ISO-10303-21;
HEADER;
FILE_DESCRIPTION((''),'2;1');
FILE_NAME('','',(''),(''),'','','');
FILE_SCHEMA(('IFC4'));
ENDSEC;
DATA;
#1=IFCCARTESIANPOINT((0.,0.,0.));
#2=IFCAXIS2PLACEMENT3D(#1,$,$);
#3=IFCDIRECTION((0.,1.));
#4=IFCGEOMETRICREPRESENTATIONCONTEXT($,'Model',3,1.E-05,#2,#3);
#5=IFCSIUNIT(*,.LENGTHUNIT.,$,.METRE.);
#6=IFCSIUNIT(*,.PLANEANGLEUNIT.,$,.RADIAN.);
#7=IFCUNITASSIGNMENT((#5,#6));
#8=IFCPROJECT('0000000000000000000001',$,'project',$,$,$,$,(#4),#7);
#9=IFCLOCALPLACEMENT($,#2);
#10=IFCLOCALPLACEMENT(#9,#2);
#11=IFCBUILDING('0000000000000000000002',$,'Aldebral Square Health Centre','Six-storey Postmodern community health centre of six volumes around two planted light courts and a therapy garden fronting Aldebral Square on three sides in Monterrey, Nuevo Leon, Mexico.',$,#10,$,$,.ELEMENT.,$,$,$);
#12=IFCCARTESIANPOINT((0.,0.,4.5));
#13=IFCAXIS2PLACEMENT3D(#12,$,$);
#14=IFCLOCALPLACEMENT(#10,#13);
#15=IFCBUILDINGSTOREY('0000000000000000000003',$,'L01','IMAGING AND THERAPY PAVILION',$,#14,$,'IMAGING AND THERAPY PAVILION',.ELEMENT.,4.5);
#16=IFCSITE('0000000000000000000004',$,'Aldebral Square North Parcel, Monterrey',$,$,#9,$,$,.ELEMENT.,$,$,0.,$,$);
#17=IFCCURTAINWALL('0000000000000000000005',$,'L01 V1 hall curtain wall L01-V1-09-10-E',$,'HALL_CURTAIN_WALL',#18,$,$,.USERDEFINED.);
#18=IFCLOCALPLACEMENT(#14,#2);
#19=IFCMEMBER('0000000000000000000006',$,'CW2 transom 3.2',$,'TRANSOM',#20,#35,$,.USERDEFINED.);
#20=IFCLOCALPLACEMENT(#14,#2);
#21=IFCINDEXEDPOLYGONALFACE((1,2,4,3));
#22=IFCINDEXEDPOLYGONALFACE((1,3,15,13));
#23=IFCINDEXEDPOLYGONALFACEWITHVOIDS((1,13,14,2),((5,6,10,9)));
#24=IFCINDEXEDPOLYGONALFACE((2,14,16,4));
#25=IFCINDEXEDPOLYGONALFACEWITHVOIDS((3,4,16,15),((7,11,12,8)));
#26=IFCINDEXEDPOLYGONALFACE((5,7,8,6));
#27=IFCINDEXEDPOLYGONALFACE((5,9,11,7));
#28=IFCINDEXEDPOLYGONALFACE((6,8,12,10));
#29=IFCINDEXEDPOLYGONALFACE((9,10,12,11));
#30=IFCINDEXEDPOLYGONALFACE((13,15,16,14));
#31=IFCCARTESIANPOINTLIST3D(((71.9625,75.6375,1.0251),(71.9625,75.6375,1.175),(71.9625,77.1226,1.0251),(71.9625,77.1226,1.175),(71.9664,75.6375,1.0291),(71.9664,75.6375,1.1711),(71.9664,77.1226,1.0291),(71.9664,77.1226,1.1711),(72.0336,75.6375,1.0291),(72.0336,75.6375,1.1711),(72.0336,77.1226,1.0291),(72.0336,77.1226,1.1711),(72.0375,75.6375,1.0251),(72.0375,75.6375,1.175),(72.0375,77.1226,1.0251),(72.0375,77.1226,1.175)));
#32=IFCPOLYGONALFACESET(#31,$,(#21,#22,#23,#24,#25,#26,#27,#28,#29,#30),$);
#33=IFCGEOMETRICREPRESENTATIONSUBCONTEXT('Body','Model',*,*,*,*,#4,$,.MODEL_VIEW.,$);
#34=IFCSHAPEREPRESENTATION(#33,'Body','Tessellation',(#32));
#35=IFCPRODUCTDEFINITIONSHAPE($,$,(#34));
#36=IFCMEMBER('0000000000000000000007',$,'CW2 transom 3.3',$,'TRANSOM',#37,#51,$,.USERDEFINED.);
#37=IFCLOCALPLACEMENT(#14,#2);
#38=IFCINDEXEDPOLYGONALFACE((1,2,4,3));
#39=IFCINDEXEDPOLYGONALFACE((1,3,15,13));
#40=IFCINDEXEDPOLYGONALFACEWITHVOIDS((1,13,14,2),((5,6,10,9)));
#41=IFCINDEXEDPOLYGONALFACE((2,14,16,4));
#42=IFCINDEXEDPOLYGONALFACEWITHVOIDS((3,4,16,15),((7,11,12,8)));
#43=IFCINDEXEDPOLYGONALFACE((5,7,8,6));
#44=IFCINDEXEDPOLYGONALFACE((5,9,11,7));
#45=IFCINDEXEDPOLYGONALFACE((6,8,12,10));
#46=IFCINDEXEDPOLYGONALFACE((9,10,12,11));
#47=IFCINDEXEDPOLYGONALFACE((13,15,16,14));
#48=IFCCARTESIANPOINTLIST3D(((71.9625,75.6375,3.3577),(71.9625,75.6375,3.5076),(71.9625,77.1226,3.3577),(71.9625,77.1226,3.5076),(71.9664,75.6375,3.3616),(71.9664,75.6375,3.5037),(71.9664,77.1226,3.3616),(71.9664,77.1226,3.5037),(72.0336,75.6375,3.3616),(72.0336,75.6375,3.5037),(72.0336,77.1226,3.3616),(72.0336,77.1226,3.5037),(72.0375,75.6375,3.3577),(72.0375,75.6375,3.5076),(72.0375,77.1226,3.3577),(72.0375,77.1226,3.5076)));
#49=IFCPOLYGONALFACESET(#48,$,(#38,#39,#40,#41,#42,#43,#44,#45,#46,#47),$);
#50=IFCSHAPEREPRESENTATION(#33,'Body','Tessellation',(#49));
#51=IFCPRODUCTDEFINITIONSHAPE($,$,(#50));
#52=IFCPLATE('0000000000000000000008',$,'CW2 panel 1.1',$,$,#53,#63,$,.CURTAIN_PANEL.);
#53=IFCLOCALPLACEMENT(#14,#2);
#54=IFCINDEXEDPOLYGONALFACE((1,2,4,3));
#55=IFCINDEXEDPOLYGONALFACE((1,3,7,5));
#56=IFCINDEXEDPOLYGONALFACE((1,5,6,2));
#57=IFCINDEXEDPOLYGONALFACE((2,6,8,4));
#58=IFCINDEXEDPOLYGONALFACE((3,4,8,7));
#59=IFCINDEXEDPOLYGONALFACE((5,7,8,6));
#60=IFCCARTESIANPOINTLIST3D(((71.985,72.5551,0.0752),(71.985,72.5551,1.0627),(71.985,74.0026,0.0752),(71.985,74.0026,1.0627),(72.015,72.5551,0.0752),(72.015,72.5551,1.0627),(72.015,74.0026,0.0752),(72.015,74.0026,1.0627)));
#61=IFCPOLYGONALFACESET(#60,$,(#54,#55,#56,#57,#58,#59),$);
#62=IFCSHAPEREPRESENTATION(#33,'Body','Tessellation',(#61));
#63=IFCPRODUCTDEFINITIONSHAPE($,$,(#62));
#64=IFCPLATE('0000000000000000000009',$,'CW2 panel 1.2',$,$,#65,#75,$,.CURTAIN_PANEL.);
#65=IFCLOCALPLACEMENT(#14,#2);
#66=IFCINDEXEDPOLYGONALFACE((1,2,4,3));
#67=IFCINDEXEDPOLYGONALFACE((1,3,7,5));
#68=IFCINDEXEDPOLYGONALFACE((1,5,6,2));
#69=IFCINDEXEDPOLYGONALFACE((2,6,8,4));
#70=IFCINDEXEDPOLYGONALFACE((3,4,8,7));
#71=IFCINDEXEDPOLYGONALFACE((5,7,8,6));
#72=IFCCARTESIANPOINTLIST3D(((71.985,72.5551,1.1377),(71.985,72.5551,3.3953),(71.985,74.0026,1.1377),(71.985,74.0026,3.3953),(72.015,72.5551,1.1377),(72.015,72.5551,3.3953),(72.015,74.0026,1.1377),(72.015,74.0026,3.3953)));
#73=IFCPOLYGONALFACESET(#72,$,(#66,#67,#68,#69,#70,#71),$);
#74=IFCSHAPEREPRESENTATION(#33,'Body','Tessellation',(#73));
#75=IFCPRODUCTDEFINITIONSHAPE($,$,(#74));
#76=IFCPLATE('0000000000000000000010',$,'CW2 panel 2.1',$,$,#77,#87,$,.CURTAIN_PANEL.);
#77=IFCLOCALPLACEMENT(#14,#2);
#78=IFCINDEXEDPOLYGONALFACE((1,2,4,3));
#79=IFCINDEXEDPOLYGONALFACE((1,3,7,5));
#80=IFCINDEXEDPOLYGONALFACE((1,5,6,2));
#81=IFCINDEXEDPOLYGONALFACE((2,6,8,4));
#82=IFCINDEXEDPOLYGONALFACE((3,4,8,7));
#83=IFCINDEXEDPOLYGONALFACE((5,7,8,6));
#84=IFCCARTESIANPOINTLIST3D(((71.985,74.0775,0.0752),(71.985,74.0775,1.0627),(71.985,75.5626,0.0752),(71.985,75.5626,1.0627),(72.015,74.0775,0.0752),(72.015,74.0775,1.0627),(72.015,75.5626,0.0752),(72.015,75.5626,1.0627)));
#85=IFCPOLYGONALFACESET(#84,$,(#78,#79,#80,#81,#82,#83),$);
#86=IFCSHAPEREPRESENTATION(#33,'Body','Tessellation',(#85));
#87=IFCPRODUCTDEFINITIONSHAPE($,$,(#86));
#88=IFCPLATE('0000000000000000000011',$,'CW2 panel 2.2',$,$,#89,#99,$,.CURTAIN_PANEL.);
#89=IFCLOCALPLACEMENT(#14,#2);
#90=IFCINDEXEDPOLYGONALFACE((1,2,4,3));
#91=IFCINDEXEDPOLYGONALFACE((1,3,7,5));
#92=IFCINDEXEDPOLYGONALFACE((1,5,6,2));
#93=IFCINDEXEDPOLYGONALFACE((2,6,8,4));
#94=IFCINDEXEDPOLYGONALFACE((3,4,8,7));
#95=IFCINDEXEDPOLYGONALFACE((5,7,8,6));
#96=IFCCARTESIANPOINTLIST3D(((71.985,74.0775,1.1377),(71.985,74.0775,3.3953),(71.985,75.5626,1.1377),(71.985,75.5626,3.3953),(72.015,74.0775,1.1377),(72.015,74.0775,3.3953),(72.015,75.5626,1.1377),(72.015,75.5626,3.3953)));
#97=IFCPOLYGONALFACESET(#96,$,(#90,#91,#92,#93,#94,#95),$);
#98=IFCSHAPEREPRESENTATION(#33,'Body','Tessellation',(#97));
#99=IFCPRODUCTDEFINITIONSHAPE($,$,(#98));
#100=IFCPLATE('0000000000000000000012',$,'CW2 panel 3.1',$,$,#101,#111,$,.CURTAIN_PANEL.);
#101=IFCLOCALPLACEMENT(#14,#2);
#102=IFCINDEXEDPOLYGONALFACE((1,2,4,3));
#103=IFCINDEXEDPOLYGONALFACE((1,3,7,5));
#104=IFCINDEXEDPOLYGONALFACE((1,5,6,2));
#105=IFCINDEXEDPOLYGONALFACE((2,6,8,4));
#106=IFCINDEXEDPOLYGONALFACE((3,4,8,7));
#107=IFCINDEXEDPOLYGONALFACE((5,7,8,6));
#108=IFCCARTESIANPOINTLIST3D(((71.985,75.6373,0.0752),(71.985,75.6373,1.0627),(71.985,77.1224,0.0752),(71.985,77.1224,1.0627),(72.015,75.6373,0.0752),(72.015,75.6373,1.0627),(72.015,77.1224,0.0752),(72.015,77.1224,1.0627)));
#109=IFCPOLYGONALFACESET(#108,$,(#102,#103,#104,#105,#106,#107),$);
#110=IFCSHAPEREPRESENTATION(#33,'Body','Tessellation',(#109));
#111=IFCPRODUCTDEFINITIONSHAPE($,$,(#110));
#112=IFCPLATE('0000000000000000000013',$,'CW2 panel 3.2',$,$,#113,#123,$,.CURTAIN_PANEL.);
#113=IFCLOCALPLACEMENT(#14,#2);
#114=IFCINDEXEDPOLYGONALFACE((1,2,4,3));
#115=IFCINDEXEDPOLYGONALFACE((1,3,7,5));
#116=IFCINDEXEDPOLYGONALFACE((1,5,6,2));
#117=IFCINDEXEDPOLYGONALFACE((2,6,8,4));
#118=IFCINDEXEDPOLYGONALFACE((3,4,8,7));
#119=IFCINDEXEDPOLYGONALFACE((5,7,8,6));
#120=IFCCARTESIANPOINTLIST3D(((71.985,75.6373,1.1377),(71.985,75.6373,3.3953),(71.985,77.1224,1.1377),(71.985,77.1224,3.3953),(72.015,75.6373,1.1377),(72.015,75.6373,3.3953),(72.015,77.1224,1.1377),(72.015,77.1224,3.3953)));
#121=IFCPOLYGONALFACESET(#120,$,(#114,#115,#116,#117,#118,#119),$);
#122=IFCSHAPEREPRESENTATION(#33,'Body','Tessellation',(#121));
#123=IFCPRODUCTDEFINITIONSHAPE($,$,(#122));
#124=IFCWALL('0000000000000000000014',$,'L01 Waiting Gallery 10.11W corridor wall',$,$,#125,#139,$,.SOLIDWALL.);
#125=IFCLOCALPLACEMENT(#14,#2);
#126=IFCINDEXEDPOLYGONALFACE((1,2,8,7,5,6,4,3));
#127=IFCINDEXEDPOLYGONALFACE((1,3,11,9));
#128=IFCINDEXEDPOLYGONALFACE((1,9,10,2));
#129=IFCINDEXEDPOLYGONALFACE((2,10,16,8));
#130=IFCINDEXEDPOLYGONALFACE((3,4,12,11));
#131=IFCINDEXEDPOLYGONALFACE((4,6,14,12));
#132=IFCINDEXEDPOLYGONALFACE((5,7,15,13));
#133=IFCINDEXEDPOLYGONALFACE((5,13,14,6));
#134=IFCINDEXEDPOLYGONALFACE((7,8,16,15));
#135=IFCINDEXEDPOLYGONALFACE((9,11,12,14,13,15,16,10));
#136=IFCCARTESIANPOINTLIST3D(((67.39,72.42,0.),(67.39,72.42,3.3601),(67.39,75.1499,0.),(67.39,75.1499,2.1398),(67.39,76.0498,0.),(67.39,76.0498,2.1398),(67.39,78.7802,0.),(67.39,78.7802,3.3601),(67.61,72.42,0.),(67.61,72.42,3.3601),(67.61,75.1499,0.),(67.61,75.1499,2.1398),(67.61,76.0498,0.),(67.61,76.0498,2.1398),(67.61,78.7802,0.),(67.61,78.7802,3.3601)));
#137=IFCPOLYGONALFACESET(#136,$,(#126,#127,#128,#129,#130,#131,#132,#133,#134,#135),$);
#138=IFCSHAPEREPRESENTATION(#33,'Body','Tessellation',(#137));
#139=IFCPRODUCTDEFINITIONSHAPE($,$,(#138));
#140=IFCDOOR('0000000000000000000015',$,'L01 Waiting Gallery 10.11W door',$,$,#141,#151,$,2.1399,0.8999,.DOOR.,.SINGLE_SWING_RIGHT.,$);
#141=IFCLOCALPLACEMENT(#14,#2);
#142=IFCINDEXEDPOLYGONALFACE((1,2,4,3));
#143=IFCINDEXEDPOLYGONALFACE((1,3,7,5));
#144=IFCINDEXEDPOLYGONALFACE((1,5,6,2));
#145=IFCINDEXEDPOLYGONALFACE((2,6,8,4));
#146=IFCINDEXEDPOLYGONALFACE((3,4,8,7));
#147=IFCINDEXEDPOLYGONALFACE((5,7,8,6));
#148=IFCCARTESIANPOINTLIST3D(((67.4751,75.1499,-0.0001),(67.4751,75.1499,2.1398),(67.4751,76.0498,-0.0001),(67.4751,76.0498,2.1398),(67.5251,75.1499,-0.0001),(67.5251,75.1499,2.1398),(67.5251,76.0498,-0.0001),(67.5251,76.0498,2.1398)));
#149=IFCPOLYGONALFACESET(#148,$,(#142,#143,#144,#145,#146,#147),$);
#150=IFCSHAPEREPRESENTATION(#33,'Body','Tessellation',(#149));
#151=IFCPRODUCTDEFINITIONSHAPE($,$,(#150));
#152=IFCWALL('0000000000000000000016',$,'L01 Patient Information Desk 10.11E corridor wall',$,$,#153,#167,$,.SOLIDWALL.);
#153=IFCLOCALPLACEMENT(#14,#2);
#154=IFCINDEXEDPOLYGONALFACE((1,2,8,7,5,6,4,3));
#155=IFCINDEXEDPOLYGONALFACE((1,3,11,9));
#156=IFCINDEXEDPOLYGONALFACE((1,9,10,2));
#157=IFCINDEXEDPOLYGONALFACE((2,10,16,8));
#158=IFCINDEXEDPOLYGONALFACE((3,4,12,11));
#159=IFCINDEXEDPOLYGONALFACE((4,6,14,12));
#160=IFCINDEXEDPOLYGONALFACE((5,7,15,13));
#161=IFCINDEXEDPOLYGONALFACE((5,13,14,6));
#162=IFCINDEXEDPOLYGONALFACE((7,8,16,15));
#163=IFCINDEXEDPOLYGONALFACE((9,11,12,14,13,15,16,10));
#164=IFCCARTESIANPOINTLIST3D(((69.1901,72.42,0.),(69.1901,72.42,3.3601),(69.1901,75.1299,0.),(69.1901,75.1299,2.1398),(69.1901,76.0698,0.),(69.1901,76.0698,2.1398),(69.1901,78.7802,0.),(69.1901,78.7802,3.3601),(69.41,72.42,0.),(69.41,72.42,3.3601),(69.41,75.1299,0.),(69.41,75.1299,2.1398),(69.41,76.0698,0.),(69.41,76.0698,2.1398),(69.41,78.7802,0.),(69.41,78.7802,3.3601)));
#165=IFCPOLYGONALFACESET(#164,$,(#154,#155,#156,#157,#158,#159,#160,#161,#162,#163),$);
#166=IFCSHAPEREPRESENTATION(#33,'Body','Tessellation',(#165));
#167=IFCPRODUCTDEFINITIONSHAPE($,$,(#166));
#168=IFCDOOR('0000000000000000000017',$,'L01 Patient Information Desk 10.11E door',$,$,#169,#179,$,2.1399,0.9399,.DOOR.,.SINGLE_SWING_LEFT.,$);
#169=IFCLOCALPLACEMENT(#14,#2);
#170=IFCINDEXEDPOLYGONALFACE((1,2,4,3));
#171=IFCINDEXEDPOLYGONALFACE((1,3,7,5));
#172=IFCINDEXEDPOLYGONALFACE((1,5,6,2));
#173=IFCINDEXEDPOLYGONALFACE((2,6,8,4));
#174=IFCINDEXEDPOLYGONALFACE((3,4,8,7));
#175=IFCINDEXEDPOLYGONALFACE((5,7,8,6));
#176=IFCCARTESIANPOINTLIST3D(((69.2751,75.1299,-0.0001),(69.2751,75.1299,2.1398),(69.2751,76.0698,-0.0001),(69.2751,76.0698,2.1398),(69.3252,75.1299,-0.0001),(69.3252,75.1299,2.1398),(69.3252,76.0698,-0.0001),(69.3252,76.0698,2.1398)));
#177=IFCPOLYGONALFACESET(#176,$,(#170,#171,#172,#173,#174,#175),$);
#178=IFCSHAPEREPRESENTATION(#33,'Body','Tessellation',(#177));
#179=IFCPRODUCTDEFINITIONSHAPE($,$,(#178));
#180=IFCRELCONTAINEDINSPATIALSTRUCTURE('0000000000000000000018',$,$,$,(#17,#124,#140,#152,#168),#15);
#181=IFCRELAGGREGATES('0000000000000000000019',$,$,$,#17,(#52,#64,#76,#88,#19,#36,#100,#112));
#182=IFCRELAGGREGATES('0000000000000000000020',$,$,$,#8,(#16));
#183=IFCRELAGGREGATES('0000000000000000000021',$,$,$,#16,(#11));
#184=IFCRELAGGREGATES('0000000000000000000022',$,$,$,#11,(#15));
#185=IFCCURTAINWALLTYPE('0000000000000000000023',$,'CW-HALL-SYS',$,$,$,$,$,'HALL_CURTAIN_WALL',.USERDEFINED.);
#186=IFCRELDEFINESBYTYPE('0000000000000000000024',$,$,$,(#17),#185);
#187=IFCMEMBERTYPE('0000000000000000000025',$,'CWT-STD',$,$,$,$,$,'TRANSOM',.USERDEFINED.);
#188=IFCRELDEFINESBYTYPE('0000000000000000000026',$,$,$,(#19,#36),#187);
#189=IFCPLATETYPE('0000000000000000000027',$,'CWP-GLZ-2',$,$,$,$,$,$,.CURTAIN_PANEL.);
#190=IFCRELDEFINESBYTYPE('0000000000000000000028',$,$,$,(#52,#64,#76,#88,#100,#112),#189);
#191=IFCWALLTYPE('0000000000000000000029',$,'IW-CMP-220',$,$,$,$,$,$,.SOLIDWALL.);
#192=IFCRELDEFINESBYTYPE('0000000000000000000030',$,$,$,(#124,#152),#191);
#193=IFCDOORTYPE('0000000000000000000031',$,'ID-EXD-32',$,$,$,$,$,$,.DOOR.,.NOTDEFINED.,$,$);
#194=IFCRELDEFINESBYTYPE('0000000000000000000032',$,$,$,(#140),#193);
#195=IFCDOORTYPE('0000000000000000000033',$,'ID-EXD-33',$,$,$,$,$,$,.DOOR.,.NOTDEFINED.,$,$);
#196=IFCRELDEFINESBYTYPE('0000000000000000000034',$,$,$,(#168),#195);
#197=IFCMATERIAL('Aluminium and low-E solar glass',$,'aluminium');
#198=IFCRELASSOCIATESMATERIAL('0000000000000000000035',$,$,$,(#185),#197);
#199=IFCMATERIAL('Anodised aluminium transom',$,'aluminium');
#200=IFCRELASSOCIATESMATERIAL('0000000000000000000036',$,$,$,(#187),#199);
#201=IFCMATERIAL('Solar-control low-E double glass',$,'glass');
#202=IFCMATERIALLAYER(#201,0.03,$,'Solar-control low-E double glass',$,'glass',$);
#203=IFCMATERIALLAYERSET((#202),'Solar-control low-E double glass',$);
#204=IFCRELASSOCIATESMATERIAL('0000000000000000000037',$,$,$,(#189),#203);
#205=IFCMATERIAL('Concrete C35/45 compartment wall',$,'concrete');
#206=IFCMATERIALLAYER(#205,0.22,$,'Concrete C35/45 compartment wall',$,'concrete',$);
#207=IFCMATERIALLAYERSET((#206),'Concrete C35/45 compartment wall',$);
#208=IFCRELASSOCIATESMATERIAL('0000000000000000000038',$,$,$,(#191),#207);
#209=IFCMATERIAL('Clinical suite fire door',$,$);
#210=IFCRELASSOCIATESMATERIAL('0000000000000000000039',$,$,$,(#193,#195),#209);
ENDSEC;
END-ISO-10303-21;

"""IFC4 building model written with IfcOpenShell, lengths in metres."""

from ifc_helpers import new_model, si_unit, direction, frame, frame_2d, origin, origin_2d, place, context, subcontext, project, spatial, rectangle, hollow_rectangle, extrude, material, layer, layer_set, material_profile, profile_set, type_object, element, fill, aggregate, save


model = new_model("IFC4")

# Units and contexts
model_context = context("Model", 3, precision=1e-05, world=origin(), true_north=direction((0.0, 1.0)))
body_context = subcontext(model_context, "Body", "Model", "MODEL_VIEW")
ifc_project = project(units=[si_unit("LENGTHUNIT", "METRE"), si_unit("PLANEANGLEUNIT", "RADIAN")], contexts=[model_context])

# Site, building, storey
site_placement = place(None, origin())
site = spatial("IfcSite", under=ifc_project, at=site_placement, Name="Aldebral Square North Parcel, Monterrey", CompositionType="ELEMENT", RefElevation=0.0)
building_placement = place(site_placement, origin())
building = spatial("IfcBuilding", under=site, at=building_placement, Name="Aldebral Square Health Centre", Description="Six-storey Postmodern community health centre of six volumes around two planted light courts and a therapy garden fronting Aldebral Square on three sides in Monterrey, Nuevo Leon, Mexico.", CompositionType="ELEMENT")
storey_placement = place(building_placement, frame((0.0, 0.0, 4.5)))
storey = spatial("IfcBuildingStorey", under=building, at=storey_placement, Name="L01", Description="IMAGING AND THERAPY PAVILION", LongName="IMAGING AND THERAPY PAVILION", CompositionType="ELEMENT", Elevation=4.5)

# Curtain wall
ifc_material_1 = material(Name="Aluminium and low-E solar glass", Category="aluminium")
curtain_wall_type = type_object("IfcCurtainWallType", Name="CW-HALL-SYS", ElementType="HALL_CURTAIN_WALL", PredefinedType="USERDEFINED", material=ifc_material_1)
curtain_wall_1_placement = place(storey_placement, origin())
curtain_wall_1 = element("IfcCurtainWall", 1, at=curtain_wall_1_placement, inside=storey, type_object=curtain_wall_type, Name="L01 V1 hall curtain wall L01-V1-09-10-E", ObjectType="HALL_CURTAIN_WALL", PredefinedType="USERDEFINED")

# Shared definitions
ifc_material_2 = material(Name="Anodised aluminium transom", Category="aluminium")
ifc_material_profile_1 = material_profile(ifc_material_2, hollow_rectangle(XDim=0.075, YDim=0.1499, WallThickness=0.0039, at=origin_2d()), Name="CWT 75x150x4")
ifc_profile_set_1 = profile_set([ifc_material_profile_1], Name="Anodised aluminium transom")
member_type_1 = type_object("IfcMemberType", Name="CWT-STD", ElementType="TRANSOM", PredefinedType="USERDEFINED", material=ifc_profile_set_1)

# Members
member_1_placement = place(storey_placement, frame((72.0, 75.6375, 1.1001), z_axis=(0.0, 1.0, 0.0), x_axis=(-1.0, 0.0, 0.0)))
member_1 = element("IfcMember", 2, at=member_1_placement, type_object=member_type_1, Name="CW2 transom 3.2", ObjectType="TRANSOM", PredefinedType="USERDEFINED", context=body_context, shape_type="SweptSolid", body=[
    extrude(hollow_rectangle(XDim=0.075, YDim=0.1499, WallThickness=0.0039, at=origin_2d()), origin(), (0.0, 0.0, 1.0), 1.4851),
])
member_2_placement = place(storey_placement, frame((72.0, 75.6375, 3.4326), z_axis=(0.0, 1.0, 0.0), x_axis=(-1.0, 0.0, 0.0)))
member_2 = element("IfcMember", 3, at=member_2_placement, type_object=member_type_1, Name="CW2 transom 3.3", ObjectType="TRANSOM", PredefinedType="USERDEFINED", context=body_context, shape_type="SweptSolid", body=[
    extrude(hollow_rectangle(XDim=0.075, YDim=0.1499, WallThickness=0.0039, at=origin_2d()), origin(), (0.0, 0.0, 1.0), 1.4851),
])

# Plates
ifc_material_3 = material(Name="Solar-control low-E double glass", Category="glass")
ifc_layer_1 = layer(ifc_material_3, 0.03, Name="Solar-control low-E double glass", Category="glass")
ifc_layer_set_1 = layer_set([ifc_layer_1], Name="Solar-control low-E double glass")
plate_type = type_object("IfcPlateType", Name="CWP-GLZ-2", PredefinedType="CURTAIN_PANEL", material=ifc_layer_set_1)
plate_1_placement = place(storey_placement, frame((72.0, 73.2788, 0.0752), z_axis=(0.0, 0.0, 1.0), x_axis=(0.0, 1.0, 0.0)))
plate_1 = element("IfcPlate", 4, at=plate_1_placement, type_object=plate_type, Name="CW2 panel 1.1", PredefinedType="CURTAIN_PANEL", context=body_context, shape_type="SweptSolid", body=[
    extrude(rectangle(XDim=1.4475, YDim=0.03, at=origin_2d()), origin(), (0.0, 0.0, 1.0), 0.9875),
])
plate_2_placement = place(storey_placement, frame((72.0, 73.2788, 1.1377), z_axis=(0.0, 0.0, 1.0), x_axis=(0.0, 1.0, 0.0)))
plate_2 = element("IfcPlate", 5, at=plate_2_placement, type_object=plate_type, Name="CW2 panel 1.2", PredefinedType="CURTAIN_PANEL", context=body_context, shape_type="SweptSolid", body=[
    extrude(rectangle(XDim=1.4475, YDim=0.03, at=origin_2d()), origin(), (0.0, 0.0, 1.0), 2.2576),
])
plate_3_placement = place(storey_placement, frame((72.0, 74.8201, 0.0752), z_axis=(0.0, 0.0, 1.0), x_axis=(0.0, 1.0, 0.0)))
plate_3 = element("IfcPlate", 6, at=plate_3_placement, type_object=plate_type, Name="CW2 panel 2.1", PredefinedType="CURTAIN_PANEL", context=body_context, shape_type="SweptSolid", body=[
    extrude(rectangle(XDim=1.4851, YDim=0.03, at=origin_2d()), origin(), (0.0, 0.0, 1.0), 0.9875),
])
plate_4_placement = place(storey_placement, frame((72.0, 74.8201, 1.1377), z_axis=(0.0, 0.0, 1.0), x_axis=(0.0, 1.0, 0.0)))
plate_4 = element("IfcPlate", 7, at=plate_4_placement, type_object=plate_type, Name="CW2 panel 2.2", PredefinedType="CURTAIN_PANEL", context=body_context, shape_type="SweptSolid", body=[
    extrude(rectangle(XDim=1.4851, YDim=0.03, at=origin_2d()), origin(), (0.0, 0.0, 1.0), 2.2576),
])
plate_5_placement = place(storey_placement, frame((72.0, 76.3799, 0.0752), z_axis=(0.0, 0.0, 1.0), x_axis=(0.0, 1.0, 0.0)))
plate_5 = element("IfcPlate", 8, at=plate_5_placement, type_object=plate_type, Name="CW2 panel 3.1", PredefinedType="CURTAIN_PANEL", context=body_context, shape_type="SweptSolid", body=[
    extrude(rectangle(XDim=1.4851, YDim=0.03, at=origin_2d()), origin(), (0.0, 0.0, 1.0), 0.9875),
])
plate_6_placement = place(storey_placement, frame((72.0, 76.3799, 1.1377), z_axis=(0.0, 0.0, 1.0), x_axis=(0.0, 1.0, 0.0)))
plate_6 = element("IfcPlate", 9, at=plate_6_placement, type_object=plate_type, Name="CW2 panel 3.2", PredefinedType="CURTAIN_PANEL", context=body_context, shape_type="SweptSolid", body=[
    extrude(rectangle(XDim=1.4851, YDim=0.03, at=origin_2d()), origin(), (0.0, 0.0, 1.0), 2.2576),
])
aggregate(curtain_wall_1, [plate_1, plate_2, plate_3, plate_4, member_1, member_2, plate_5, plate_6])

# Walls, openings, doors
ifc_material_4 = material(Name="Concrete C35/45 compartment wall", Category="concrete")
ifc_layer_2 = layer(ifc_material_4, 0.22, Name="Concrete C35/45 compartment wall", Category="concrete")
ifc_layer_set_2 = layer_set([ifc_layer_2], Name="Concrete C35/45 compartment wall")
wall_type = type_object("IfcWallType", Name="IW-CMP-220", PredefinedType="SOLIDWALL", material=ifc_layer_set_2)
wall_1_placement = place(storey_placement, frame((67.5, 72.4199, 0.0), z_axis=(0.0, 0.0, 1.0), x_axis=(0.0, 1.0, 0.0)))
wall_1 = element("IfcWall", 10, at=wall_1_placement, inside=storey, type_object=wall_type, Name="L01 Waiting Gallery 10.11W corridor wall", PredefinedType="SOLIDWALL", context=body_context, shape_type="SweptSolid", body=[
    extrude(rectangle(XDim=6.3601, YDim=0.22, at=frame_2d((3.1802, 0.0))), origin(), (0.0, 0.0, 1.0), 3.3601),
])
opening_1_placement = place(wall_1_placement, frame((2.73, 0.0, 0.0)))
opening_1 = element("IfcOpeningElement", 11, at=opening_1_placement, cuts=wall_1, PredefinedType="OPENING", context=body_context, shape_type="SweptSolid", body=[
    extrude(rectangle(XDim=0.8999, YDim=2.1399, at=frame_2d((0.45, 1.0698))), frame((0.0, 0.1201, 0.0), z_axis=(0.0, -1.0, 0.0), x_axis=(1.0, 0.0, 0.0)), (0.0, 0.0, 1.0), 0.24),
])
ifc_material_5 = material(Name="Clinical suite fire door")
door_type_1 = type_object("IfcDoorType", Name="ID-EXD-32", OperationType="NOTDEFINED", PredefinedType="DOOR", material=ifc_material_5)
door_1_placement = place(opening_1_placement, origin())
door_1 = element("IfcDoor", 12, at=door_1_placement, inside=storey, type_object=door_type_1, Name="L01 Waiting Gallery 10.11W door", OperationType="SINGLE_SWING_RIGHT", OverallHeight=2.1399, OverallWidth=0.8999, PredefinedType="DOOR", context=body_context, shape_type="SweptSolid", body=[
    extrude(rectangle(XDim=0.8999, YDim=2.1399, at=frame_2d((0.45, 1.0698))), frame((0.0, 0.0249, 0.0), z_axis=(0.0, -1.0, 0.0), x_axis=(1.0, 0.0, 0.0)), (0.0, 0.0, 1.0), 0.05),
])
fill(opening_1, door_1)
wall_2_placement = place(storey_placement, frame((69.3, 72.4199, 0.0), z_axis=(0.0, 0.0, 1.0), x_axis=(0.0, 1.0, 0.0)))
wall_2 = element("IfcWall", 13, at=wall_2_placement, inside=storey, type_object=wall_type, Name="L01 Patient Information Desk 10.11E corridor wall", PredefinedType="SOLIDWALL", context=body_context, shape_type="SweptSolid", body=[
    extrude(rectangle(XDim=6.3601, YDim=0.22, at=frame_2d((3.1802, 0.0))), origin(), (0.0, 0.0, 1.0), 3.3601),
])
opening_2_placement = place(wall_2_placement, frame((2.71, 0.0, 0.0)))
opening_2 = element("IfcOpeningElement", 14, at=opening_2_placement, cuts=wall_2, PredefinedType="OPENING", context=body_context, shape_type="SweptSolid", body=[
    extrude(rectangle(XDim=0.9399, YDim=2.1399, at=frame_2d((0.47, 1.0698))), frame((0.0, 0.1201, 0.0), z_axis=(0.0, -1.0, 0.0), x_axis=(1.0, 0.0, 0.0)), (0.0, 0.0, 1.0), 0.24),
])
door_type_2 = type_object("IfcDoorType", Name="ID-EXD-33", OperationType="NOTDEFINED", PredefinedType="DOOR", material=ifc_material_5)
door_2_placement = place(opening_2_placement, origin())
door_2 = element("IfcDoor", 15, at=door_2_placement, inside=storey, type_object=door_type_2, Name="L01 Patient Information Desk 10.11E door", OperationType="SINGLE_SWING_LEFT", OverallHeight=2.1399, OverallWidth=0.9399, PredefinedType="DOOR", context=body_context, shape_type="SweptSolid", body=[
    extrude(rectangle(XDim=0.9399, YDim=2.1399, at=frame_2d((0.47, 1.0698))), frame((0.0, 0.0249, 0.0), z_axis=(0.0, -1.0, 0.0), x_axis=(1.0, 0.0, 0.0)), (0.0, 0.0, 1.0), 0.05),
])
fill(opening_2, door_2)

save(model, "model.ifc")
